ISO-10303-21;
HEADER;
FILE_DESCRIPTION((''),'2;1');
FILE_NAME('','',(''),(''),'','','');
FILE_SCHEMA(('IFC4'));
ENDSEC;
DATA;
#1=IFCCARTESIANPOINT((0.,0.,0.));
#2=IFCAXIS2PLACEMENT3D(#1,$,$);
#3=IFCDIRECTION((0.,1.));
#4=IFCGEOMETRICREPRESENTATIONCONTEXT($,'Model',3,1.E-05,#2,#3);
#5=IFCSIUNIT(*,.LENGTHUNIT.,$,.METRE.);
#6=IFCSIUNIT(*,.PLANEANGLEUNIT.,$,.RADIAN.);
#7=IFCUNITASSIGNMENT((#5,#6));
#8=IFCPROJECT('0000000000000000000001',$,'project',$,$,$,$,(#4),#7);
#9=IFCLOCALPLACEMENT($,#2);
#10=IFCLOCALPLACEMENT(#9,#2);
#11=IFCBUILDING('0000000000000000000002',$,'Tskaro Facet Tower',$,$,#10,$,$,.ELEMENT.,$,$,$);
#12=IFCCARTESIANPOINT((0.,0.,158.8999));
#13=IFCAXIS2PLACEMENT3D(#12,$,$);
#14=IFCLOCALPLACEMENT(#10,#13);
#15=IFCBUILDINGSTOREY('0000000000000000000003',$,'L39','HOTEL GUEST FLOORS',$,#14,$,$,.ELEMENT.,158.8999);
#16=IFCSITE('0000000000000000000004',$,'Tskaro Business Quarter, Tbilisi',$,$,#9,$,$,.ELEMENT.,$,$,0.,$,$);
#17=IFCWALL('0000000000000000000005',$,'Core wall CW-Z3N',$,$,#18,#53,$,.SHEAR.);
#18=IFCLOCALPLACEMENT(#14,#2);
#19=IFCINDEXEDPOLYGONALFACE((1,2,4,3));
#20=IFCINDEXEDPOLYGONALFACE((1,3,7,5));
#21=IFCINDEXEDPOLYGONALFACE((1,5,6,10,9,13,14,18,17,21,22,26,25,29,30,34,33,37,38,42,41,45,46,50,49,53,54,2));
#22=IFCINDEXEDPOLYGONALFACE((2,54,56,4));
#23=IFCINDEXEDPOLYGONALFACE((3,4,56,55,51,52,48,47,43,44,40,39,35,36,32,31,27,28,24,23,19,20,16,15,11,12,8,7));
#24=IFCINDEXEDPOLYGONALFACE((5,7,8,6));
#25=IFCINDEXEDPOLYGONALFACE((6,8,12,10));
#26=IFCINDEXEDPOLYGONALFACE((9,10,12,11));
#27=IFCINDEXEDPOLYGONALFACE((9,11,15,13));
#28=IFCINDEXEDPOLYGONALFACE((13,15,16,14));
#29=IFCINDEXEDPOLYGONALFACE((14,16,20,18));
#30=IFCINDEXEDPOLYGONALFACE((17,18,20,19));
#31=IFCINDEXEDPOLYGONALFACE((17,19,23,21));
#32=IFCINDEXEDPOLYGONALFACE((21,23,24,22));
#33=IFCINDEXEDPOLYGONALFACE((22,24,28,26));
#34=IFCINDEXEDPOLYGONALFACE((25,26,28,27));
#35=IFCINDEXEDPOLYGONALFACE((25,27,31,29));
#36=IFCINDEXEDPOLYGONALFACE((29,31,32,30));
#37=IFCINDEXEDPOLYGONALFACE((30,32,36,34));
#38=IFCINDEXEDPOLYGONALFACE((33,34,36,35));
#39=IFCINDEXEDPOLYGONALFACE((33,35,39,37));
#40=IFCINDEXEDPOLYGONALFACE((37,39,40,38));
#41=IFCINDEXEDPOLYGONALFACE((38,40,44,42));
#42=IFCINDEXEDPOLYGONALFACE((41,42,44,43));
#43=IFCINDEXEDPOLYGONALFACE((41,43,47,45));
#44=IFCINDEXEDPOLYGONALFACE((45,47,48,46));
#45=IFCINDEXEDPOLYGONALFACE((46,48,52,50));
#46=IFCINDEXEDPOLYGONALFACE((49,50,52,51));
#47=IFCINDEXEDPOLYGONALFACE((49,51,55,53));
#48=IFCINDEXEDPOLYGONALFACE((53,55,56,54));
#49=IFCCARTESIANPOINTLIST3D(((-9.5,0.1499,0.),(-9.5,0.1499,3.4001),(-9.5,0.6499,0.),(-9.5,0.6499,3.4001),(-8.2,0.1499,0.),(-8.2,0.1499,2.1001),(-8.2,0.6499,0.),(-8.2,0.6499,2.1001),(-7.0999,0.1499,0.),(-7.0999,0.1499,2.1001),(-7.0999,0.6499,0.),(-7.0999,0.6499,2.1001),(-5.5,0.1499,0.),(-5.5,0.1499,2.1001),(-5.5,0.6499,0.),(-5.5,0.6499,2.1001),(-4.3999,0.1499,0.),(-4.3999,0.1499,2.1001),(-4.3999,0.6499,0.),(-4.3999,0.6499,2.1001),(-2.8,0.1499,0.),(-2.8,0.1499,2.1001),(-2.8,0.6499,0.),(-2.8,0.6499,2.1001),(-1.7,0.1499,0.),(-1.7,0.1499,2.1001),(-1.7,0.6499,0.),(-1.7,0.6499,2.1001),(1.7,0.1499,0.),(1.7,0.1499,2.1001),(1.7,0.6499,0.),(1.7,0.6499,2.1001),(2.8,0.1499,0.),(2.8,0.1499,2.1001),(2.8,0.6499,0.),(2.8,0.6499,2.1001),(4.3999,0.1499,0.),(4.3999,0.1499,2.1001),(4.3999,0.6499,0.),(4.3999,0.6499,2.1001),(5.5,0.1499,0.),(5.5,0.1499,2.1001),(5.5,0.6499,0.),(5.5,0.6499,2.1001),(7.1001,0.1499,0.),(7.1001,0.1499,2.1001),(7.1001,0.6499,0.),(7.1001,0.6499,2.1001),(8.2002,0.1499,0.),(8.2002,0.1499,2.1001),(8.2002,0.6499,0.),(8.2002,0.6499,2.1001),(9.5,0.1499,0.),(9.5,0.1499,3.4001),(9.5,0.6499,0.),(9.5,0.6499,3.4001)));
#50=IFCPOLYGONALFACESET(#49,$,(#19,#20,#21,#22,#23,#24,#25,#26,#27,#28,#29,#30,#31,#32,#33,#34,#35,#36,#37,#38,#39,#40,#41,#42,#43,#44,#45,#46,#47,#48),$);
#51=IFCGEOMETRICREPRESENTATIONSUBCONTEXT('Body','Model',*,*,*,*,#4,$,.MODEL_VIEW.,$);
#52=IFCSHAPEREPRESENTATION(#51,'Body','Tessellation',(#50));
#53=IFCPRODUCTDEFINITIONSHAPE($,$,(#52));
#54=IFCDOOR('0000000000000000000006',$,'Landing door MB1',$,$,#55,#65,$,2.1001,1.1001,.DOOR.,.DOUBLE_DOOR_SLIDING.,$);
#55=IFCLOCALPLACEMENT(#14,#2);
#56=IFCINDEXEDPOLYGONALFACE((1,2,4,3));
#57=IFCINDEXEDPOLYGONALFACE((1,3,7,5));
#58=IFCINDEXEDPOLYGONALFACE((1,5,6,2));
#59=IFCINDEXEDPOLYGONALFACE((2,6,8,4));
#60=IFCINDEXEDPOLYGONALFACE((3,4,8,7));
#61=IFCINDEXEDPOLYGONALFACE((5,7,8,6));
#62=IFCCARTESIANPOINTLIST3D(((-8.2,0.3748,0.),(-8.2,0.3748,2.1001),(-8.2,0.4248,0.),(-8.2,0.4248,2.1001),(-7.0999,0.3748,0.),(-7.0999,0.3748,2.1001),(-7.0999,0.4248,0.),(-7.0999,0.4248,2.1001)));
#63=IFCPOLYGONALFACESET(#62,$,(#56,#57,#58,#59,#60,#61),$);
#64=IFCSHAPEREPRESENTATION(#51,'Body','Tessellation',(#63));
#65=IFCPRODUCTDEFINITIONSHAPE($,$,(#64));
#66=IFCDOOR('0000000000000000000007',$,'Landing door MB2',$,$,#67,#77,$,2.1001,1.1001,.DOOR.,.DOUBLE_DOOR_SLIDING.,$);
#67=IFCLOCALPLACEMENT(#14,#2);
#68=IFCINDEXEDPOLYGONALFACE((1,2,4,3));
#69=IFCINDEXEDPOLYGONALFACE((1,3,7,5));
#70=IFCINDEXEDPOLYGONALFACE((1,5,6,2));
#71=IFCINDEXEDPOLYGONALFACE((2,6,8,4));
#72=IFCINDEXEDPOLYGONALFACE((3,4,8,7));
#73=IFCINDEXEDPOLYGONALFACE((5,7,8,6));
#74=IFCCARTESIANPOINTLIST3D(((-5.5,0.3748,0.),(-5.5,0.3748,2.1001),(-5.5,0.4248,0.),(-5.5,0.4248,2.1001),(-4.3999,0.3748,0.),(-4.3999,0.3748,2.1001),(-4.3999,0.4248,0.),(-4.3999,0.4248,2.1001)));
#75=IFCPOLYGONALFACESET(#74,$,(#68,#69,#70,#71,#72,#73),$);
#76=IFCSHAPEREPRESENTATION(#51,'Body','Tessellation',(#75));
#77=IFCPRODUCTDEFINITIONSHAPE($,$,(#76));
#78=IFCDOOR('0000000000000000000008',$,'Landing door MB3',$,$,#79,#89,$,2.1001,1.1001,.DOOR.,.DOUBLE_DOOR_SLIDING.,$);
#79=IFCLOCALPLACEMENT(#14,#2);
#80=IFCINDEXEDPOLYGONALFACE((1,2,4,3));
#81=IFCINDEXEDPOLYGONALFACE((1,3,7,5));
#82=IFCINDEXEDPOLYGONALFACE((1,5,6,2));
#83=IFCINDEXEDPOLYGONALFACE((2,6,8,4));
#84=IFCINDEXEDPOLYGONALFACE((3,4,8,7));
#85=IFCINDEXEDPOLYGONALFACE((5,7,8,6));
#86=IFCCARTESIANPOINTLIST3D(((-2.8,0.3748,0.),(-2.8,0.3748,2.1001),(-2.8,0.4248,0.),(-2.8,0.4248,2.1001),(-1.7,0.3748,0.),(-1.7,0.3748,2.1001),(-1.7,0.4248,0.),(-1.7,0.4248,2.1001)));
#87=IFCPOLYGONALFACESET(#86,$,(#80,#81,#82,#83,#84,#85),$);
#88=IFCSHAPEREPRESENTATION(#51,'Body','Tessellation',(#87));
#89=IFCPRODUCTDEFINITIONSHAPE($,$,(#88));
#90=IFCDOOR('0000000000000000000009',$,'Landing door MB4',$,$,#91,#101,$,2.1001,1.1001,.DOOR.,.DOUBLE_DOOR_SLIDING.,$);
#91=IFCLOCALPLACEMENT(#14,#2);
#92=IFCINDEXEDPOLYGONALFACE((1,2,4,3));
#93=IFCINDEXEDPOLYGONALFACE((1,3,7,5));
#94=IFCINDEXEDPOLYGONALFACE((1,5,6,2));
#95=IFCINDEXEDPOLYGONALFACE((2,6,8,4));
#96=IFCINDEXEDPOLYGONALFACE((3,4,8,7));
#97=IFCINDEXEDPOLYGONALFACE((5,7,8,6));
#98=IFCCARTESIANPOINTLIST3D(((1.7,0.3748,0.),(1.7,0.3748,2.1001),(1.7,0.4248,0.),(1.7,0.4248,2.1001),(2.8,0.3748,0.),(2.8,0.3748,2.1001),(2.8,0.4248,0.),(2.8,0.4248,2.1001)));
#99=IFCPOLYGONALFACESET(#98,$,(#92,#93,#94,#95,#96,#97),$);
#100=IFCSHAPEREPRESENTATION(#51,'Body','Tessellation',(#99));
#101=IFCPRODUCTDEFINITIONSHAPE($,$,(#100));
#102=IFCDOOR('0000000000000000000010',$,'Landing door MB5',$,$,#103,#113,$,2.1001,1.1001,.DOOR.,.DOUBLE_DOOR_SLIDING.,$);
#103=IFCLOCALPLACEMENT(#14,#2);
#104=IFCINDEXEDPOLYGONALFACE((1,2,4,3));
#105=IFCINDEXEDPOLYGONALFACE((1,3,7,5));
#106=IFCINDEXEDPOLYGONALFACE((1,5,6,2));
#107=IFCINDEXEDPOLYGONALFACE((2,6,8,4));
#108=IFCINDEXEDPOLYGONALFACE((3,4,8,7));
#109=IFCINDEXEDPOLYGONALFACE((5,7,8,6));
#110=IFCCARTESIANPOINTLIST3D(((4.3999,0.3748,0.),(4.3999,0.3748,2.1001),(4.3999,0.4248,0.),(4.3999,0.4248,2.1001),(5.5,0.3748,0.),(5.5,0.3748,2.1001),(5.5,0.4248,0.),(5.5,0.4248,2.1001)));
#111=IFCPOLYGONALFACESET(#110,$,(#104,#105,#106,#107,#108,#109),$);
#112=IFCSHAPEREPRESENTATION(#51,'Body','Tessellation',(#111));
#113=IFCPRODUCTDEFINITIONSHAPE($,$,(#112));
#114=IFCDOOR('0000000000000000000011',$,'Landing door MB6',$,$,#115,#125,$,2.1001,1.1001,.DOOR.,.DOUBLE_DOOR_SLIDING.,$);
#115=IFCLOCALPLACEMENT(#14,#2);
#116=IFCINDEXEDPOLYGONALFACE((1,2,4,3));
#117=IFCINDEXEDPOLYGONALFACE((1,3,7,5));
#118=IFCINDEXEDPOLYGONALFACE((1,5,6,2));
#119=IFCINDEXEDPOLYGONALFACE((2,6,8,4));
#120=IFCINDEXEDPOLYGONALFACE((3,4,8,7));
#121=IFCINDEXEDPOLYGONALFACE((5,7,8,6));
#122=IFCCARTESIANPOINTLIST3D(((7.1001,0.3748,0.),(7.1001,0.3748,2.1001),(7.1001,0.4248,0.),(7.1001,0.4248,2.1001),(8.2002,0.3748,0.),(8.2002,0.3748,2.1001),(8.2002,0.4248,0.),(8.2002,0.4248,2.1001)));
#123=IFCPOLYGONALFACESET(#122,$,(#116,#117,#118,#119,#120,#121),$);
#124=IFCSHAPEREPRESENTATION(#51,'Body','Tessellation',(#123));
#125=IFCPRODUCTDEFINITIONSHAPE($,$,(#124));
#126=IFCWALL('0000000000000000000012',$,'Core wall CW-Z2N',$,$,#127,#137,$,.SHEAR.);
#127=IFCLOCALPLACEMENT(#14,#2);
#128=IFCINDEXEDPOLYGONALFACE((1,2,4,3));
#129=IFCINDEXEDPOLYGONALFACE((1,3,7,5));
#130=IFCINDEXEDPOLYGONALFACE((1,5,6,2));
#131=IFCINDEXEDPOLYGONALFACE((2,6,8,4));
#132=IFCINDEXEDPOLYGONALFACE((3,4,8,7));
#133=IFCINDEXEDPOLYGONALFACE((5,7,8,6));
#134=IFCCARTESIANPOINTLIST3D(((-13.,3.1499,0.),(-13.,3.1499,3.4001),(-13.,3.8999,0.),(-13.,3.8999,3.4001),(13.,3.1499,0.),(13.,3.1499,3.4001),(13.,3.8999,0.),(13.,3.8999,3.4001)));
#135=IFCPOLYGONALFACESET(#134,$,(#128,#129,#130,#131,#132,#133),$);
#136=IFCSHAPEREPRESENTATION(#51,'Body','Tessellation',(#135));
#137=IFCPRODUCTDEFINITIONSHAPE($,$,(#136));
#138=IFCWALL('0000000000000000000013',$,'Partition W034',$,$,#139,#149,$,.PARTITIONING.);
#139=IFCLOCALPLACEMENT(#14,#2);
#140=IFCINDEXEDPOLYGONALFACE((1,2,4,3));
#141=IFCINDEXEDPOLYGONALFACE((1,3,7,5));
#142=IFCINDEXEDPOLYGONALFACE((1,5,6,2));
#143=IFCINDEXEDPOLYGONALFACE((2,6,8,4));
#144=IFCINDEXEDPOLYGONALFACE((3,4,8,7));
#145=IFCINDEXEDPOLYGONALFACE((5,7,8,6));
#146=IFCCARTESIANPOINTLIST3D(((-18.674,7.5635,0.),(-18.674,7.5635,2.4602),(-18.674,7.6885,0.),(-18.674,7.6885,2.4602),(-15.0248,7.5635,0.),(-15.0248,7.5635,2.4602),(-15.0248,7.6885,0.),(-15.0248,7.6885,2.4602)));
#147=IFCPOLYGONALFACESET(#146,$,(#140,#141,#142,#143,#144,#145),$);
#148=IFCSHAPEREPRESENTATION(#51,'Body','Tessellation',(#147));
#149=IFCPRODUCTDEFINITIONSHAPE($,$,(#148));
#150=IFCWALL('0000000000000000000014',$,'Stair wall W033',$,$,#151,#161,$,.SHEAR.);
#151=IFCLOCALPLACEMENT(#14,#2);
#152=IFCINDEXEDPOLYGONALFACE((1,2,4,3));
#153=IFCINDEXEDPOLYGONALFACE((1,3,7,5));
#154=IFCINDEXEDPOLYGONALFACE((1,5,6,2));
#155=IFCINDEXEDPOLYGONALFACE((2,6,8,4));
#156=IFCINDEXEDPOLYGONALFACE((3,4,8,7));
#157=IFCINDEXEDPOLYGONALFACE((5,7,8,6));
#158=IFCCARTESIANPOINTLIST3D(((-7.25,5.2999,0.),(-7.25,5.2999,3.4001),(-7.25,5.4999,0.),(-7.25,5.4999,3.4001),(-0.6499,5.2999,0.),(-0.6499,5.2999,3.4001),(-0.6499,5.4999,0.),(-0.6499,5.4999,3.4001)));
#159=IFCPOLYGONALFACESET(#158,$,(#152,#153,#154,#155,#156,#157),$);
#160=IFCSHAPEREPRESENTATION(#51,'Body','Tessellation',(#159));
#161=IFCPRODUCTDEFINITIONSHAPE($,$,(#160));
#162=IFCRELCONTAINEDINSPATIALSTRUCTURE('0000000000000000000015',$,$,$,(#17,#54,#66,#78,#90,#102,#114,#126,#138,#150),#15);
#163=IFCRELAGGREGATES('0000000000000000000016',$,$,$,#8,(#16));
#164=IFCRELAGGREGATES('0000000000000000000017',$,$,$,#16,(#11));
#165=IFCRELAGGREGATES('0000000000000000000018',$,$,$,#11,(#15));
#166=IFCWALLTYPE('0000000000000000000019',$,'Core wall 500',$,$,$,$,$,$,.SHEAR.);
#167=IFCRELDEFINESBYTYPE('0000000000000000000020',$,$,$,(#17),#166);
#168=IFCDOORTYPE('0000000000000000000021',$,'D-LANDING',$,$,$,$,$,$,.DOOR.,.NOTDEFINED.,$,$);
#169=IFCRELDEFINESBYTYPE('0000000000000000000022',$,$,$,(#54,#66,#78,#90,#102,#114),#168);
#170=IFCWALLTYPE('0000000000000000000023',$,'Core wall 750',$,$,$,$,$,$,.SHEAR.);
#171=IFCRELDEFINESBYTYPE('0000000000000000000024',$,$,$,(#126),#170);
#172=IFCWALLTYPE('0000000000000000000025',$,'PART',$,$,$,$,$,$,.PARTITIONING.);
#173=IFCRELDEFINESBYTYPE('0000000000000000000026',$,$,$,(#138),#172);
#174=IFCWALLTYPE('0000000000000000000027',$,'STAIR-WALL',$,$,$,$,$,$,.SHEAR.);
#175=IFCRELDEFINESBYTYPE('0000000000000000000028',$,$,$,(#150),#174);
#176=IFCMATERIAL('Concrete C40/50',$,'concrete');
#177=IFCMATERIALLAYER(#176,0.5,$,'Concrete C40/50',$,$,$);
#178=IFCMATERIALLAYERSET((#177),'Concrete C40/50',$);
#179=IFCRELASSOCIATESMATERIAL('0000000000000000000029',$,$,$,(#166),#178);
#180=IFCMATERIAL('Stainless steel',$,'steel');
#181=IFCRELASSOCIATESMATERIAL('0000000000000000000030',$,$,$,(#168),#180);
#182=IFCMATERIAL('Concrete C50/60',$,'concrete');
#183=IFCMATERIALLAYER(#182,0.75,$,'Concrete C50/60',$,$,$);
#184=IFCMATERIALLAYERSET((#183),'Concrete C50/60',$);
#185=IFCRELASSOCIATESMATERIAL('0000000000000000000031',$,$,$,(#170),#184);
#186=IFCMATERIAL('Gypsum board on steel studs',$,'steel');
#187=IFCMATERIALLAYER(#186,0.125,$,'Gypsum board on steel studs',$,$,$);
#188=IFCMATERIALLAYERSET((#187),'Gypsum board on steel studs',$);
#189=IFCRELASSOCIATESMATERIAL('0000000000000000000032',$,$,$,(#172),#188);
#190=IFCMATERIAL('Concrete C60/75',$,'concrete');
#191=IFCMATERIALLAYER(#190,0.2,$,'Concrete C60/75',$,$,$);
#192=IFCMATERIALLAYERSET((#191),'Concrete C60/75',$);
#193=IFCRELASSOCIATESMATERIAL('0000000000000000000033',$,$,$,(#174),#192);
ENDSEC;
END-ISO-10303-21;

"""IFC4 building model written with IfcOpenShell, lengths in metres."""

from ifc_helpers import new_model, si_unit, direction, frame, frame_2d, origin, place, context, subcontext, project, spatial, rectangle, extrude, material, layer, layer_set, type_object, element, fill, save


model = new_model("IFC4")

# Units and contexts
model_context = context("Model", 3, precision=1e-05, world=origin(), true_north=direction((0.0, 1.0)))
body_context = subcontext(model_context, "Body", "Model", "MODEL_VIEW")
ifc_project = project(units=[si_unit("LENGTHUNIT", "METRE"), si_unit("PLANEANGLEUNIT", "RADIAN")], contexts=[model_context])

# Site, building, storey
site_placement = place(None, origin())
site = spatial("IfcSite", under=ifc_project, at=site_placement, Name="Tskaro Business Quarter, Tbilisi", CompositionType="ELEMENT", RefElevation=0.0)
building_placement = place(site_placement, origin())
building = spatial("IfcBuilding", under=site, at=building_placement, Name="Tskaro Facet Tower", CompositionType="ELEMENT")
storey_placement = place(building_placement, frame((0.0, 0.0, 158.8999)))
storey = spatial("IfcBuildingStorey", under=building, at=storey_placement, Name="L39", Description="HOTEL GUEST FLOORS", CompositionType="ELEMENT", Elevation=158.8999)

# Shared definitions
ifc_material_1 = material(Name="Concrete C60/75", Category="concrete")

# Wall, openings, doors
ifc_material_2 = material(Name="Concrete C40/50", Category="concrete")
ifc_layer_1 = layer(ifc_material_2, 0.5, Name="Concrete C40/50")
ifc_layer_set_1 = layer_set([ifc_layer_1], Name="Concrete C40/50")
wall_type_1 = type_object("IfcWallType", Name="Core wall 500", PredefinedType="SHEAR", material=ifc_layer_set_1)
wall_1_placement = place(storey_placement, frame((-9.5, 0.3999, 0.0), z_axis=(0.0, 0.0, 1.0), x_axis=(1.0, 0.0, 0.0)))
wall_1 = element("IfcWall", 1, at=wall_1_placement, inside=storey, type_object=wall_type_1, Name="Core wall CW-Z3N", PredefinedType="SHEAR", context=body_context, shape_type="SweptSolid", body=[
    extrude(rectangle(XDim=19.0, YDim=0.5, at=frame_2d((9.5, 0.0))), origin(), (0.0, 0.0, 1.0), 3.4001),
])
opening_1_placement = place(wall_1_placement, frame((1.3, 0.0, 0.0)))
opening_1 = element("IfcOpeningElement", 2, at=opening_1_placement, cuts=wall_1, PredefinedType="OPENING", context=body_context, shape_type="SweptSolid", body=[
    extrude(rectangle(XDim=1.1001, YDim=2.1001, at=frame_2d((0.55, 1.05))), frame((0.0, 0.26, 0.0), z_axis=(0.0, -1.0, 0.0), x_axis=(1.0, 0.0, 0.0)), (0.0, 0.0, 1.0), 0.52),
])
opening_2_placement = place(wall_1_placement, frame((4.0, 0.0, 0.0)))
opening_2 = element("IfcOpeningElement", 3, at=opening_2_placement, cuts=wall_1, PredefinedType="OPENING", context=body_context, shape_type="SweptSolid", body=[
    extrude(rectangle(XDim=1.1001, YDim=2.1001, at=frame_2d((0.55, 1.05))), frame((0.0, 0.26, 0.0), z_axis=(0.0, -1.0, 0.0), x_axis=(1.0, 0.0, 0.0)), (0.0, 0.0, 1.0), 0.52),
])
opening_3_placement = place(wall_1_placement, frame((6.7, 0.0, 0.0)))
opening_3 = element("IfcOpeningElement", 4, at=opening_3_placement, cuts=wall_1, PredefinedType="OPENING", context=body_context, shape_type="SweptSolid", body=[
    extrude(rectangle(XDim=1.1001, YDim=2.1001, at=frame_2d((0.55, 1.05))), frame((0.0, 0.26, 0.0), z_axis=(0.0, -1.0, 0.0), x_axis=(1.0, 0.0, 0.0)), (0.0, 0.0, 1.0), 0.52),
])
opening_4_placement = place(wall_1_placement, frame((11.2, 0.0, 0.0)))
opening_4 = element("IfcOpeningElement", 5, at=opening_4_placement, cuts=wall_1, PredefinedType="OPENING", context=body_context, shape_type="SweptSolid", body=[
    extrude(rectangle(XDim=1.1001, YDim=2.1001, at=frame_2d((0.55, 1.05))), frame((0.0, 0.26, 0.0), z_axis=(0.0, -1.0, 0.0), x_axis=(1.0, 0.0, 0.0)), (0.0, 0.0, 1.0), 0.52),
])
opening_5_placement = place(wall_1_placement, frame((13.8999, 0.0, 0.0)))
opening_5 = element("IfcOpeningElement", 6, at=opening_5_placement, cuts=wall_1, PredefinedType="OPENING", context=body_context, shape_type="SweptSolid", body=[
    extrude(rectangle(XDim=1.1001, YDim=2.1001, at=frame_2d((0.55, 1.05))), frame((0.0, 0.26, 0.0), z_axis=(0.0, -1.0, 0.0), x_axis=(1.0, 0.0, 0.0)), (0.0, 0.0, 1.0), 0.52),
])
opening_6_placement = place(wall_1_placement, frame((16.6001, 0.0, 0.0)))
opening_6 = element("IfcOpeningElement", 7, at=opening_6_placement, cuts=wall_1, PredefinedType="OPENING", context=body_context, shape_type="SweptSolid", body=[
    extrude(rectangle(XDim=1.1001, YDim=2.1001, at=frame_2d((0.55, 1.05))), frame((0.0, 0.26, 0.0), z_axis=(0.0, -1.0, 0.0), x_axis=(1.0, 0.0, 0.0)), (0.0, 0.0, 1.0), 0.52),
])
ifc_material_3 = material(Name="Stainless steel", Category="steel")
door_type_1 = type_object("IfcDoorType", Name="D-LANDING", OperationType="NOTDEFINED", PredefinedType="DOOR", material=ifc_material_3)
door_1_placement = place(opening_1_placement, origin())
door_1 = element("IfcDoor", 8, at=door_1_placement, inside=storey, type_object=door_type_1, Name="Landing door MB1", OperationType="DOUBLE_DOOR_SLIDING", OverallHeight=2.1001, OverallWidth=1.1001, PredefinedType="DOOR", context=body_context, shape_type="SweptSolid", body=[
    extrude(rectangle(XDim=1.1001, YDim=2.1001, at=frame_2d((0.55, 1.05))), frame((0.0, 0.0249, 0.0), z_axis=(0.0, -1.0, 0.0), x_axis=(1.0, 0.0, 0.0)), (0.0, 0.0, 1.0), 0.05),
])
fill(opening_1, door_1)
door_2_placement = place(opening_2_placement, origin())
door_2 = element("IfcDoor", 9, at=door_2_placement, inside=storey, type_object=door_type_1, Name="Landing door MB2", OperationType="DOUBLE_DOOR_SLIDING", OverallHeight=2.1001, OverallWidth=1.1001, PredefinedType="DOOR", context=body_context, shape_type="SweptSolid", body=[
    extrude(rectangle(XDim=1.1001, YDim=2.1001, at=frame_2d((0.55, 1.05))), frame((0.0, 0.0249, 0.0), z_axis=(0.0, -1.0, 0.0), x_axis=(1.0, 0.0, 0.0)), (0.0, 0.0, 1.0), 0.05),
])
fill(opening_2, door_2)
door_3_placement = place(opening_3_placement, origin())
door_3 = element("IfcDoor", 10, at=door_3_placement, inside=storey, type_object=door_type_1, Name="Landing door MB3", OperationType="DOUBLE_DOOR_SLIDING", OverallHeight=2.1001, OverallWidth=1.1001, PredefinedType="DOOR", context=body_context, shape_type="SweptSolid", body=[
    extrude(rectangle(XDim=1.1001, YDim=2.1001, at=frame_2d((0.55, 1.05))), frame((0.0, 0.0249, 0.0), z_axis=(0.0, -1.0, 0.0), x_axis=(1.0, 0.0, 0.0)), (0.0, 0.0, 1.0), 0.05),
])
fill(opening_3, door_3)
door_4_placement = place(opening_4_placement, origin())
door_4 = element("IfcDoor", 11, at=door_4_placement, inside=storey, type_object=door_type_1, Name="Landing door MB4", OperationType="DOUBLE_DOOR_SLIDING", OverallHeight=2.1001, OverallWidth=1.1001, PredefinedType="DOOR", context=body_context, shape_type="SweptSolid", body=[
    extrude(rectangle(XDim=1.1001, YDim=2.1001, at=frame_2d((0.55, 1.05))), frame((0.0, 0.0249, 0.0), z_axis=(0.0, -1.0, 0.0), x_axis=(1.0, 0.0, 0.0)), (0.0, 0.0, 1.0), 0.05),
])
fill(opening_4, door_4)
door_5_placement = place(opening_5_placement, origin())
door_5 = element("IfcDoor", 12, at=door_5_placement, inside=storey, type_object=door_type_1, Name="Landing door MB5", OperationType="DOUBLE_DOOR_SLIDING", OverallHeight=2.1001, OverallWidth=1.1001, PredefinedType="DOOR", context=body_context, shape_type="SweptSolid", body=[
    extrude(rectangle(XDim=1.1001, YDim=2.1001, at=frame_2d((0.55, 1.05))), frame((0.0, 0.0249, 0.0), z_axis=(0.0, -1.0, 0.0), x_axis=(1.0, 0.0, 0.0)), (0.0, 0.0, 1.0), 0.05),
])
fill(opening_5, door_5)
door_6_placement = place(opening_6_placement, origin())
door_6 = element("IfcDoor", 13, at=door_6_placement, inside=storey, type_object=door_type_1, Name="Landing door MB6", OperationType="DOUBLE_DOOR_SLIDING", OverallHeight=2.1001, OverallWidth=1.1001, PredefinedType="DOOR", context=body_context, shape_type="SweptSolid", body=[
    extrude(rectangle(XDim=1.1001, YDim=2.1001, at=frame_2d((0.55, 1.05))), frame((0.0, 0.0249, 0.0), z_axis=(0.0, -1.0, 0.0), x_axis=(1.0, 0.0, 0.0)), (0.0, 0.0, 1.0), 0.05),
])
fill(opening_6, door_6)

# Walls
ifc_material_4 = material(Name="Concrete C50/60", Category="concrete")
ifc_layer_2 = layer(ifc_material_4, 0.75, Name="Concrete C50/60")
ifc_layer_set_2 = layer_set([ifc_layer_2], Name="Concrete C50/60")
wall_type_2 = type_object("IfcWallType", Name="Core wall 750", PredefinedType="SHEAR", material=ifc_layer_set_2)
wall_2_placement = place(storey_placement, frame((-13.0, 3.5249, 0.0), z_axis=(0.0, 0.0, 1.0), x_axis=(1.0, 0.0, 0.0)))
element("IfcWall", 14, at=wall_2_placement, inside=storey, type_object=wall_type_2, Name="Core wall CW-Z2N", PredefinedType="SHEAR", context=body_context, shape_type="SweptSolid", body=[
    extrude(rectangle(XDim=26.0, YDim=0.75, at=frame_2d((13.0, 0.0))), origin(), (0.0, 0.0, 1.0), 3.4001),
])
ifc_material_5 = material(Name="Gypsum board on steel studs", Category="steel")
ifc_layer_3 = layer(ifc_material_5, 0.125, Name="Gypsum board on steel studs")
ifc_layer_set_3 = layer_set([ifc_layer_3], Name="Gypsum board on steel studs")
wall_type_3 = type_object("IfcWallType", Name="PART", PredefinedType="PARTITIONING", material=ifc_layer_set_3)
wall_3_placement = place(storey_placement, frame((-18.6741, 7.626, 0.0), z_axis=(0.0, 0.0, 1.0), x_axis=(1.0, 0.0, 0.0)))
element("IfcWall", 15, at=wall_3_placement, inside=storey, type_object=wall_type_3, Name="Partition W034", PredefinedType="PARTITIONING", context=body_context, shape_type="SweptSolid", body=[
    extrude(rectangle(XDim=3.6492, YDim=0.125, at=frame_2d((1.8247, 0.0))), origin(), (0.0, 0.0, 1.0), 2.4602),
])
ifc_layer_4 = layer(ifc_material_1, 0.2, Name="Concrete C60/75")
ifc_layer_set_4 = layer_set([ifc_layer_4], Name="Concrete C60/75")
wall_type_4 = type_object("IfcWallType", Name="STAIR-WALL", PredefinedType="SHEAR", material=ifc_layer_set_4)
wall_4_placement = place(storey_placement, frame((-7.25, 5.3999, 0.0), z_axis=(0.0, 0.0, 1.0), x_axis=(1.0, 0.0, 0.0)))
element("IfcWall", 16, at=wall_4_placement, inside=storey, type_object=wall_type_4, Name="Stair wall W033", PredefinedType="SHEAR", context=body_context, shape_type="SweptSolid", body=[
    extrude(rectangle(XDim=6.6001, YDim=0.2, at=frame_2d((3.3, 0.0))), origin(), (0.0, 0.0, 1.0), 3.4001),
])

save(model, "model.ifc")
